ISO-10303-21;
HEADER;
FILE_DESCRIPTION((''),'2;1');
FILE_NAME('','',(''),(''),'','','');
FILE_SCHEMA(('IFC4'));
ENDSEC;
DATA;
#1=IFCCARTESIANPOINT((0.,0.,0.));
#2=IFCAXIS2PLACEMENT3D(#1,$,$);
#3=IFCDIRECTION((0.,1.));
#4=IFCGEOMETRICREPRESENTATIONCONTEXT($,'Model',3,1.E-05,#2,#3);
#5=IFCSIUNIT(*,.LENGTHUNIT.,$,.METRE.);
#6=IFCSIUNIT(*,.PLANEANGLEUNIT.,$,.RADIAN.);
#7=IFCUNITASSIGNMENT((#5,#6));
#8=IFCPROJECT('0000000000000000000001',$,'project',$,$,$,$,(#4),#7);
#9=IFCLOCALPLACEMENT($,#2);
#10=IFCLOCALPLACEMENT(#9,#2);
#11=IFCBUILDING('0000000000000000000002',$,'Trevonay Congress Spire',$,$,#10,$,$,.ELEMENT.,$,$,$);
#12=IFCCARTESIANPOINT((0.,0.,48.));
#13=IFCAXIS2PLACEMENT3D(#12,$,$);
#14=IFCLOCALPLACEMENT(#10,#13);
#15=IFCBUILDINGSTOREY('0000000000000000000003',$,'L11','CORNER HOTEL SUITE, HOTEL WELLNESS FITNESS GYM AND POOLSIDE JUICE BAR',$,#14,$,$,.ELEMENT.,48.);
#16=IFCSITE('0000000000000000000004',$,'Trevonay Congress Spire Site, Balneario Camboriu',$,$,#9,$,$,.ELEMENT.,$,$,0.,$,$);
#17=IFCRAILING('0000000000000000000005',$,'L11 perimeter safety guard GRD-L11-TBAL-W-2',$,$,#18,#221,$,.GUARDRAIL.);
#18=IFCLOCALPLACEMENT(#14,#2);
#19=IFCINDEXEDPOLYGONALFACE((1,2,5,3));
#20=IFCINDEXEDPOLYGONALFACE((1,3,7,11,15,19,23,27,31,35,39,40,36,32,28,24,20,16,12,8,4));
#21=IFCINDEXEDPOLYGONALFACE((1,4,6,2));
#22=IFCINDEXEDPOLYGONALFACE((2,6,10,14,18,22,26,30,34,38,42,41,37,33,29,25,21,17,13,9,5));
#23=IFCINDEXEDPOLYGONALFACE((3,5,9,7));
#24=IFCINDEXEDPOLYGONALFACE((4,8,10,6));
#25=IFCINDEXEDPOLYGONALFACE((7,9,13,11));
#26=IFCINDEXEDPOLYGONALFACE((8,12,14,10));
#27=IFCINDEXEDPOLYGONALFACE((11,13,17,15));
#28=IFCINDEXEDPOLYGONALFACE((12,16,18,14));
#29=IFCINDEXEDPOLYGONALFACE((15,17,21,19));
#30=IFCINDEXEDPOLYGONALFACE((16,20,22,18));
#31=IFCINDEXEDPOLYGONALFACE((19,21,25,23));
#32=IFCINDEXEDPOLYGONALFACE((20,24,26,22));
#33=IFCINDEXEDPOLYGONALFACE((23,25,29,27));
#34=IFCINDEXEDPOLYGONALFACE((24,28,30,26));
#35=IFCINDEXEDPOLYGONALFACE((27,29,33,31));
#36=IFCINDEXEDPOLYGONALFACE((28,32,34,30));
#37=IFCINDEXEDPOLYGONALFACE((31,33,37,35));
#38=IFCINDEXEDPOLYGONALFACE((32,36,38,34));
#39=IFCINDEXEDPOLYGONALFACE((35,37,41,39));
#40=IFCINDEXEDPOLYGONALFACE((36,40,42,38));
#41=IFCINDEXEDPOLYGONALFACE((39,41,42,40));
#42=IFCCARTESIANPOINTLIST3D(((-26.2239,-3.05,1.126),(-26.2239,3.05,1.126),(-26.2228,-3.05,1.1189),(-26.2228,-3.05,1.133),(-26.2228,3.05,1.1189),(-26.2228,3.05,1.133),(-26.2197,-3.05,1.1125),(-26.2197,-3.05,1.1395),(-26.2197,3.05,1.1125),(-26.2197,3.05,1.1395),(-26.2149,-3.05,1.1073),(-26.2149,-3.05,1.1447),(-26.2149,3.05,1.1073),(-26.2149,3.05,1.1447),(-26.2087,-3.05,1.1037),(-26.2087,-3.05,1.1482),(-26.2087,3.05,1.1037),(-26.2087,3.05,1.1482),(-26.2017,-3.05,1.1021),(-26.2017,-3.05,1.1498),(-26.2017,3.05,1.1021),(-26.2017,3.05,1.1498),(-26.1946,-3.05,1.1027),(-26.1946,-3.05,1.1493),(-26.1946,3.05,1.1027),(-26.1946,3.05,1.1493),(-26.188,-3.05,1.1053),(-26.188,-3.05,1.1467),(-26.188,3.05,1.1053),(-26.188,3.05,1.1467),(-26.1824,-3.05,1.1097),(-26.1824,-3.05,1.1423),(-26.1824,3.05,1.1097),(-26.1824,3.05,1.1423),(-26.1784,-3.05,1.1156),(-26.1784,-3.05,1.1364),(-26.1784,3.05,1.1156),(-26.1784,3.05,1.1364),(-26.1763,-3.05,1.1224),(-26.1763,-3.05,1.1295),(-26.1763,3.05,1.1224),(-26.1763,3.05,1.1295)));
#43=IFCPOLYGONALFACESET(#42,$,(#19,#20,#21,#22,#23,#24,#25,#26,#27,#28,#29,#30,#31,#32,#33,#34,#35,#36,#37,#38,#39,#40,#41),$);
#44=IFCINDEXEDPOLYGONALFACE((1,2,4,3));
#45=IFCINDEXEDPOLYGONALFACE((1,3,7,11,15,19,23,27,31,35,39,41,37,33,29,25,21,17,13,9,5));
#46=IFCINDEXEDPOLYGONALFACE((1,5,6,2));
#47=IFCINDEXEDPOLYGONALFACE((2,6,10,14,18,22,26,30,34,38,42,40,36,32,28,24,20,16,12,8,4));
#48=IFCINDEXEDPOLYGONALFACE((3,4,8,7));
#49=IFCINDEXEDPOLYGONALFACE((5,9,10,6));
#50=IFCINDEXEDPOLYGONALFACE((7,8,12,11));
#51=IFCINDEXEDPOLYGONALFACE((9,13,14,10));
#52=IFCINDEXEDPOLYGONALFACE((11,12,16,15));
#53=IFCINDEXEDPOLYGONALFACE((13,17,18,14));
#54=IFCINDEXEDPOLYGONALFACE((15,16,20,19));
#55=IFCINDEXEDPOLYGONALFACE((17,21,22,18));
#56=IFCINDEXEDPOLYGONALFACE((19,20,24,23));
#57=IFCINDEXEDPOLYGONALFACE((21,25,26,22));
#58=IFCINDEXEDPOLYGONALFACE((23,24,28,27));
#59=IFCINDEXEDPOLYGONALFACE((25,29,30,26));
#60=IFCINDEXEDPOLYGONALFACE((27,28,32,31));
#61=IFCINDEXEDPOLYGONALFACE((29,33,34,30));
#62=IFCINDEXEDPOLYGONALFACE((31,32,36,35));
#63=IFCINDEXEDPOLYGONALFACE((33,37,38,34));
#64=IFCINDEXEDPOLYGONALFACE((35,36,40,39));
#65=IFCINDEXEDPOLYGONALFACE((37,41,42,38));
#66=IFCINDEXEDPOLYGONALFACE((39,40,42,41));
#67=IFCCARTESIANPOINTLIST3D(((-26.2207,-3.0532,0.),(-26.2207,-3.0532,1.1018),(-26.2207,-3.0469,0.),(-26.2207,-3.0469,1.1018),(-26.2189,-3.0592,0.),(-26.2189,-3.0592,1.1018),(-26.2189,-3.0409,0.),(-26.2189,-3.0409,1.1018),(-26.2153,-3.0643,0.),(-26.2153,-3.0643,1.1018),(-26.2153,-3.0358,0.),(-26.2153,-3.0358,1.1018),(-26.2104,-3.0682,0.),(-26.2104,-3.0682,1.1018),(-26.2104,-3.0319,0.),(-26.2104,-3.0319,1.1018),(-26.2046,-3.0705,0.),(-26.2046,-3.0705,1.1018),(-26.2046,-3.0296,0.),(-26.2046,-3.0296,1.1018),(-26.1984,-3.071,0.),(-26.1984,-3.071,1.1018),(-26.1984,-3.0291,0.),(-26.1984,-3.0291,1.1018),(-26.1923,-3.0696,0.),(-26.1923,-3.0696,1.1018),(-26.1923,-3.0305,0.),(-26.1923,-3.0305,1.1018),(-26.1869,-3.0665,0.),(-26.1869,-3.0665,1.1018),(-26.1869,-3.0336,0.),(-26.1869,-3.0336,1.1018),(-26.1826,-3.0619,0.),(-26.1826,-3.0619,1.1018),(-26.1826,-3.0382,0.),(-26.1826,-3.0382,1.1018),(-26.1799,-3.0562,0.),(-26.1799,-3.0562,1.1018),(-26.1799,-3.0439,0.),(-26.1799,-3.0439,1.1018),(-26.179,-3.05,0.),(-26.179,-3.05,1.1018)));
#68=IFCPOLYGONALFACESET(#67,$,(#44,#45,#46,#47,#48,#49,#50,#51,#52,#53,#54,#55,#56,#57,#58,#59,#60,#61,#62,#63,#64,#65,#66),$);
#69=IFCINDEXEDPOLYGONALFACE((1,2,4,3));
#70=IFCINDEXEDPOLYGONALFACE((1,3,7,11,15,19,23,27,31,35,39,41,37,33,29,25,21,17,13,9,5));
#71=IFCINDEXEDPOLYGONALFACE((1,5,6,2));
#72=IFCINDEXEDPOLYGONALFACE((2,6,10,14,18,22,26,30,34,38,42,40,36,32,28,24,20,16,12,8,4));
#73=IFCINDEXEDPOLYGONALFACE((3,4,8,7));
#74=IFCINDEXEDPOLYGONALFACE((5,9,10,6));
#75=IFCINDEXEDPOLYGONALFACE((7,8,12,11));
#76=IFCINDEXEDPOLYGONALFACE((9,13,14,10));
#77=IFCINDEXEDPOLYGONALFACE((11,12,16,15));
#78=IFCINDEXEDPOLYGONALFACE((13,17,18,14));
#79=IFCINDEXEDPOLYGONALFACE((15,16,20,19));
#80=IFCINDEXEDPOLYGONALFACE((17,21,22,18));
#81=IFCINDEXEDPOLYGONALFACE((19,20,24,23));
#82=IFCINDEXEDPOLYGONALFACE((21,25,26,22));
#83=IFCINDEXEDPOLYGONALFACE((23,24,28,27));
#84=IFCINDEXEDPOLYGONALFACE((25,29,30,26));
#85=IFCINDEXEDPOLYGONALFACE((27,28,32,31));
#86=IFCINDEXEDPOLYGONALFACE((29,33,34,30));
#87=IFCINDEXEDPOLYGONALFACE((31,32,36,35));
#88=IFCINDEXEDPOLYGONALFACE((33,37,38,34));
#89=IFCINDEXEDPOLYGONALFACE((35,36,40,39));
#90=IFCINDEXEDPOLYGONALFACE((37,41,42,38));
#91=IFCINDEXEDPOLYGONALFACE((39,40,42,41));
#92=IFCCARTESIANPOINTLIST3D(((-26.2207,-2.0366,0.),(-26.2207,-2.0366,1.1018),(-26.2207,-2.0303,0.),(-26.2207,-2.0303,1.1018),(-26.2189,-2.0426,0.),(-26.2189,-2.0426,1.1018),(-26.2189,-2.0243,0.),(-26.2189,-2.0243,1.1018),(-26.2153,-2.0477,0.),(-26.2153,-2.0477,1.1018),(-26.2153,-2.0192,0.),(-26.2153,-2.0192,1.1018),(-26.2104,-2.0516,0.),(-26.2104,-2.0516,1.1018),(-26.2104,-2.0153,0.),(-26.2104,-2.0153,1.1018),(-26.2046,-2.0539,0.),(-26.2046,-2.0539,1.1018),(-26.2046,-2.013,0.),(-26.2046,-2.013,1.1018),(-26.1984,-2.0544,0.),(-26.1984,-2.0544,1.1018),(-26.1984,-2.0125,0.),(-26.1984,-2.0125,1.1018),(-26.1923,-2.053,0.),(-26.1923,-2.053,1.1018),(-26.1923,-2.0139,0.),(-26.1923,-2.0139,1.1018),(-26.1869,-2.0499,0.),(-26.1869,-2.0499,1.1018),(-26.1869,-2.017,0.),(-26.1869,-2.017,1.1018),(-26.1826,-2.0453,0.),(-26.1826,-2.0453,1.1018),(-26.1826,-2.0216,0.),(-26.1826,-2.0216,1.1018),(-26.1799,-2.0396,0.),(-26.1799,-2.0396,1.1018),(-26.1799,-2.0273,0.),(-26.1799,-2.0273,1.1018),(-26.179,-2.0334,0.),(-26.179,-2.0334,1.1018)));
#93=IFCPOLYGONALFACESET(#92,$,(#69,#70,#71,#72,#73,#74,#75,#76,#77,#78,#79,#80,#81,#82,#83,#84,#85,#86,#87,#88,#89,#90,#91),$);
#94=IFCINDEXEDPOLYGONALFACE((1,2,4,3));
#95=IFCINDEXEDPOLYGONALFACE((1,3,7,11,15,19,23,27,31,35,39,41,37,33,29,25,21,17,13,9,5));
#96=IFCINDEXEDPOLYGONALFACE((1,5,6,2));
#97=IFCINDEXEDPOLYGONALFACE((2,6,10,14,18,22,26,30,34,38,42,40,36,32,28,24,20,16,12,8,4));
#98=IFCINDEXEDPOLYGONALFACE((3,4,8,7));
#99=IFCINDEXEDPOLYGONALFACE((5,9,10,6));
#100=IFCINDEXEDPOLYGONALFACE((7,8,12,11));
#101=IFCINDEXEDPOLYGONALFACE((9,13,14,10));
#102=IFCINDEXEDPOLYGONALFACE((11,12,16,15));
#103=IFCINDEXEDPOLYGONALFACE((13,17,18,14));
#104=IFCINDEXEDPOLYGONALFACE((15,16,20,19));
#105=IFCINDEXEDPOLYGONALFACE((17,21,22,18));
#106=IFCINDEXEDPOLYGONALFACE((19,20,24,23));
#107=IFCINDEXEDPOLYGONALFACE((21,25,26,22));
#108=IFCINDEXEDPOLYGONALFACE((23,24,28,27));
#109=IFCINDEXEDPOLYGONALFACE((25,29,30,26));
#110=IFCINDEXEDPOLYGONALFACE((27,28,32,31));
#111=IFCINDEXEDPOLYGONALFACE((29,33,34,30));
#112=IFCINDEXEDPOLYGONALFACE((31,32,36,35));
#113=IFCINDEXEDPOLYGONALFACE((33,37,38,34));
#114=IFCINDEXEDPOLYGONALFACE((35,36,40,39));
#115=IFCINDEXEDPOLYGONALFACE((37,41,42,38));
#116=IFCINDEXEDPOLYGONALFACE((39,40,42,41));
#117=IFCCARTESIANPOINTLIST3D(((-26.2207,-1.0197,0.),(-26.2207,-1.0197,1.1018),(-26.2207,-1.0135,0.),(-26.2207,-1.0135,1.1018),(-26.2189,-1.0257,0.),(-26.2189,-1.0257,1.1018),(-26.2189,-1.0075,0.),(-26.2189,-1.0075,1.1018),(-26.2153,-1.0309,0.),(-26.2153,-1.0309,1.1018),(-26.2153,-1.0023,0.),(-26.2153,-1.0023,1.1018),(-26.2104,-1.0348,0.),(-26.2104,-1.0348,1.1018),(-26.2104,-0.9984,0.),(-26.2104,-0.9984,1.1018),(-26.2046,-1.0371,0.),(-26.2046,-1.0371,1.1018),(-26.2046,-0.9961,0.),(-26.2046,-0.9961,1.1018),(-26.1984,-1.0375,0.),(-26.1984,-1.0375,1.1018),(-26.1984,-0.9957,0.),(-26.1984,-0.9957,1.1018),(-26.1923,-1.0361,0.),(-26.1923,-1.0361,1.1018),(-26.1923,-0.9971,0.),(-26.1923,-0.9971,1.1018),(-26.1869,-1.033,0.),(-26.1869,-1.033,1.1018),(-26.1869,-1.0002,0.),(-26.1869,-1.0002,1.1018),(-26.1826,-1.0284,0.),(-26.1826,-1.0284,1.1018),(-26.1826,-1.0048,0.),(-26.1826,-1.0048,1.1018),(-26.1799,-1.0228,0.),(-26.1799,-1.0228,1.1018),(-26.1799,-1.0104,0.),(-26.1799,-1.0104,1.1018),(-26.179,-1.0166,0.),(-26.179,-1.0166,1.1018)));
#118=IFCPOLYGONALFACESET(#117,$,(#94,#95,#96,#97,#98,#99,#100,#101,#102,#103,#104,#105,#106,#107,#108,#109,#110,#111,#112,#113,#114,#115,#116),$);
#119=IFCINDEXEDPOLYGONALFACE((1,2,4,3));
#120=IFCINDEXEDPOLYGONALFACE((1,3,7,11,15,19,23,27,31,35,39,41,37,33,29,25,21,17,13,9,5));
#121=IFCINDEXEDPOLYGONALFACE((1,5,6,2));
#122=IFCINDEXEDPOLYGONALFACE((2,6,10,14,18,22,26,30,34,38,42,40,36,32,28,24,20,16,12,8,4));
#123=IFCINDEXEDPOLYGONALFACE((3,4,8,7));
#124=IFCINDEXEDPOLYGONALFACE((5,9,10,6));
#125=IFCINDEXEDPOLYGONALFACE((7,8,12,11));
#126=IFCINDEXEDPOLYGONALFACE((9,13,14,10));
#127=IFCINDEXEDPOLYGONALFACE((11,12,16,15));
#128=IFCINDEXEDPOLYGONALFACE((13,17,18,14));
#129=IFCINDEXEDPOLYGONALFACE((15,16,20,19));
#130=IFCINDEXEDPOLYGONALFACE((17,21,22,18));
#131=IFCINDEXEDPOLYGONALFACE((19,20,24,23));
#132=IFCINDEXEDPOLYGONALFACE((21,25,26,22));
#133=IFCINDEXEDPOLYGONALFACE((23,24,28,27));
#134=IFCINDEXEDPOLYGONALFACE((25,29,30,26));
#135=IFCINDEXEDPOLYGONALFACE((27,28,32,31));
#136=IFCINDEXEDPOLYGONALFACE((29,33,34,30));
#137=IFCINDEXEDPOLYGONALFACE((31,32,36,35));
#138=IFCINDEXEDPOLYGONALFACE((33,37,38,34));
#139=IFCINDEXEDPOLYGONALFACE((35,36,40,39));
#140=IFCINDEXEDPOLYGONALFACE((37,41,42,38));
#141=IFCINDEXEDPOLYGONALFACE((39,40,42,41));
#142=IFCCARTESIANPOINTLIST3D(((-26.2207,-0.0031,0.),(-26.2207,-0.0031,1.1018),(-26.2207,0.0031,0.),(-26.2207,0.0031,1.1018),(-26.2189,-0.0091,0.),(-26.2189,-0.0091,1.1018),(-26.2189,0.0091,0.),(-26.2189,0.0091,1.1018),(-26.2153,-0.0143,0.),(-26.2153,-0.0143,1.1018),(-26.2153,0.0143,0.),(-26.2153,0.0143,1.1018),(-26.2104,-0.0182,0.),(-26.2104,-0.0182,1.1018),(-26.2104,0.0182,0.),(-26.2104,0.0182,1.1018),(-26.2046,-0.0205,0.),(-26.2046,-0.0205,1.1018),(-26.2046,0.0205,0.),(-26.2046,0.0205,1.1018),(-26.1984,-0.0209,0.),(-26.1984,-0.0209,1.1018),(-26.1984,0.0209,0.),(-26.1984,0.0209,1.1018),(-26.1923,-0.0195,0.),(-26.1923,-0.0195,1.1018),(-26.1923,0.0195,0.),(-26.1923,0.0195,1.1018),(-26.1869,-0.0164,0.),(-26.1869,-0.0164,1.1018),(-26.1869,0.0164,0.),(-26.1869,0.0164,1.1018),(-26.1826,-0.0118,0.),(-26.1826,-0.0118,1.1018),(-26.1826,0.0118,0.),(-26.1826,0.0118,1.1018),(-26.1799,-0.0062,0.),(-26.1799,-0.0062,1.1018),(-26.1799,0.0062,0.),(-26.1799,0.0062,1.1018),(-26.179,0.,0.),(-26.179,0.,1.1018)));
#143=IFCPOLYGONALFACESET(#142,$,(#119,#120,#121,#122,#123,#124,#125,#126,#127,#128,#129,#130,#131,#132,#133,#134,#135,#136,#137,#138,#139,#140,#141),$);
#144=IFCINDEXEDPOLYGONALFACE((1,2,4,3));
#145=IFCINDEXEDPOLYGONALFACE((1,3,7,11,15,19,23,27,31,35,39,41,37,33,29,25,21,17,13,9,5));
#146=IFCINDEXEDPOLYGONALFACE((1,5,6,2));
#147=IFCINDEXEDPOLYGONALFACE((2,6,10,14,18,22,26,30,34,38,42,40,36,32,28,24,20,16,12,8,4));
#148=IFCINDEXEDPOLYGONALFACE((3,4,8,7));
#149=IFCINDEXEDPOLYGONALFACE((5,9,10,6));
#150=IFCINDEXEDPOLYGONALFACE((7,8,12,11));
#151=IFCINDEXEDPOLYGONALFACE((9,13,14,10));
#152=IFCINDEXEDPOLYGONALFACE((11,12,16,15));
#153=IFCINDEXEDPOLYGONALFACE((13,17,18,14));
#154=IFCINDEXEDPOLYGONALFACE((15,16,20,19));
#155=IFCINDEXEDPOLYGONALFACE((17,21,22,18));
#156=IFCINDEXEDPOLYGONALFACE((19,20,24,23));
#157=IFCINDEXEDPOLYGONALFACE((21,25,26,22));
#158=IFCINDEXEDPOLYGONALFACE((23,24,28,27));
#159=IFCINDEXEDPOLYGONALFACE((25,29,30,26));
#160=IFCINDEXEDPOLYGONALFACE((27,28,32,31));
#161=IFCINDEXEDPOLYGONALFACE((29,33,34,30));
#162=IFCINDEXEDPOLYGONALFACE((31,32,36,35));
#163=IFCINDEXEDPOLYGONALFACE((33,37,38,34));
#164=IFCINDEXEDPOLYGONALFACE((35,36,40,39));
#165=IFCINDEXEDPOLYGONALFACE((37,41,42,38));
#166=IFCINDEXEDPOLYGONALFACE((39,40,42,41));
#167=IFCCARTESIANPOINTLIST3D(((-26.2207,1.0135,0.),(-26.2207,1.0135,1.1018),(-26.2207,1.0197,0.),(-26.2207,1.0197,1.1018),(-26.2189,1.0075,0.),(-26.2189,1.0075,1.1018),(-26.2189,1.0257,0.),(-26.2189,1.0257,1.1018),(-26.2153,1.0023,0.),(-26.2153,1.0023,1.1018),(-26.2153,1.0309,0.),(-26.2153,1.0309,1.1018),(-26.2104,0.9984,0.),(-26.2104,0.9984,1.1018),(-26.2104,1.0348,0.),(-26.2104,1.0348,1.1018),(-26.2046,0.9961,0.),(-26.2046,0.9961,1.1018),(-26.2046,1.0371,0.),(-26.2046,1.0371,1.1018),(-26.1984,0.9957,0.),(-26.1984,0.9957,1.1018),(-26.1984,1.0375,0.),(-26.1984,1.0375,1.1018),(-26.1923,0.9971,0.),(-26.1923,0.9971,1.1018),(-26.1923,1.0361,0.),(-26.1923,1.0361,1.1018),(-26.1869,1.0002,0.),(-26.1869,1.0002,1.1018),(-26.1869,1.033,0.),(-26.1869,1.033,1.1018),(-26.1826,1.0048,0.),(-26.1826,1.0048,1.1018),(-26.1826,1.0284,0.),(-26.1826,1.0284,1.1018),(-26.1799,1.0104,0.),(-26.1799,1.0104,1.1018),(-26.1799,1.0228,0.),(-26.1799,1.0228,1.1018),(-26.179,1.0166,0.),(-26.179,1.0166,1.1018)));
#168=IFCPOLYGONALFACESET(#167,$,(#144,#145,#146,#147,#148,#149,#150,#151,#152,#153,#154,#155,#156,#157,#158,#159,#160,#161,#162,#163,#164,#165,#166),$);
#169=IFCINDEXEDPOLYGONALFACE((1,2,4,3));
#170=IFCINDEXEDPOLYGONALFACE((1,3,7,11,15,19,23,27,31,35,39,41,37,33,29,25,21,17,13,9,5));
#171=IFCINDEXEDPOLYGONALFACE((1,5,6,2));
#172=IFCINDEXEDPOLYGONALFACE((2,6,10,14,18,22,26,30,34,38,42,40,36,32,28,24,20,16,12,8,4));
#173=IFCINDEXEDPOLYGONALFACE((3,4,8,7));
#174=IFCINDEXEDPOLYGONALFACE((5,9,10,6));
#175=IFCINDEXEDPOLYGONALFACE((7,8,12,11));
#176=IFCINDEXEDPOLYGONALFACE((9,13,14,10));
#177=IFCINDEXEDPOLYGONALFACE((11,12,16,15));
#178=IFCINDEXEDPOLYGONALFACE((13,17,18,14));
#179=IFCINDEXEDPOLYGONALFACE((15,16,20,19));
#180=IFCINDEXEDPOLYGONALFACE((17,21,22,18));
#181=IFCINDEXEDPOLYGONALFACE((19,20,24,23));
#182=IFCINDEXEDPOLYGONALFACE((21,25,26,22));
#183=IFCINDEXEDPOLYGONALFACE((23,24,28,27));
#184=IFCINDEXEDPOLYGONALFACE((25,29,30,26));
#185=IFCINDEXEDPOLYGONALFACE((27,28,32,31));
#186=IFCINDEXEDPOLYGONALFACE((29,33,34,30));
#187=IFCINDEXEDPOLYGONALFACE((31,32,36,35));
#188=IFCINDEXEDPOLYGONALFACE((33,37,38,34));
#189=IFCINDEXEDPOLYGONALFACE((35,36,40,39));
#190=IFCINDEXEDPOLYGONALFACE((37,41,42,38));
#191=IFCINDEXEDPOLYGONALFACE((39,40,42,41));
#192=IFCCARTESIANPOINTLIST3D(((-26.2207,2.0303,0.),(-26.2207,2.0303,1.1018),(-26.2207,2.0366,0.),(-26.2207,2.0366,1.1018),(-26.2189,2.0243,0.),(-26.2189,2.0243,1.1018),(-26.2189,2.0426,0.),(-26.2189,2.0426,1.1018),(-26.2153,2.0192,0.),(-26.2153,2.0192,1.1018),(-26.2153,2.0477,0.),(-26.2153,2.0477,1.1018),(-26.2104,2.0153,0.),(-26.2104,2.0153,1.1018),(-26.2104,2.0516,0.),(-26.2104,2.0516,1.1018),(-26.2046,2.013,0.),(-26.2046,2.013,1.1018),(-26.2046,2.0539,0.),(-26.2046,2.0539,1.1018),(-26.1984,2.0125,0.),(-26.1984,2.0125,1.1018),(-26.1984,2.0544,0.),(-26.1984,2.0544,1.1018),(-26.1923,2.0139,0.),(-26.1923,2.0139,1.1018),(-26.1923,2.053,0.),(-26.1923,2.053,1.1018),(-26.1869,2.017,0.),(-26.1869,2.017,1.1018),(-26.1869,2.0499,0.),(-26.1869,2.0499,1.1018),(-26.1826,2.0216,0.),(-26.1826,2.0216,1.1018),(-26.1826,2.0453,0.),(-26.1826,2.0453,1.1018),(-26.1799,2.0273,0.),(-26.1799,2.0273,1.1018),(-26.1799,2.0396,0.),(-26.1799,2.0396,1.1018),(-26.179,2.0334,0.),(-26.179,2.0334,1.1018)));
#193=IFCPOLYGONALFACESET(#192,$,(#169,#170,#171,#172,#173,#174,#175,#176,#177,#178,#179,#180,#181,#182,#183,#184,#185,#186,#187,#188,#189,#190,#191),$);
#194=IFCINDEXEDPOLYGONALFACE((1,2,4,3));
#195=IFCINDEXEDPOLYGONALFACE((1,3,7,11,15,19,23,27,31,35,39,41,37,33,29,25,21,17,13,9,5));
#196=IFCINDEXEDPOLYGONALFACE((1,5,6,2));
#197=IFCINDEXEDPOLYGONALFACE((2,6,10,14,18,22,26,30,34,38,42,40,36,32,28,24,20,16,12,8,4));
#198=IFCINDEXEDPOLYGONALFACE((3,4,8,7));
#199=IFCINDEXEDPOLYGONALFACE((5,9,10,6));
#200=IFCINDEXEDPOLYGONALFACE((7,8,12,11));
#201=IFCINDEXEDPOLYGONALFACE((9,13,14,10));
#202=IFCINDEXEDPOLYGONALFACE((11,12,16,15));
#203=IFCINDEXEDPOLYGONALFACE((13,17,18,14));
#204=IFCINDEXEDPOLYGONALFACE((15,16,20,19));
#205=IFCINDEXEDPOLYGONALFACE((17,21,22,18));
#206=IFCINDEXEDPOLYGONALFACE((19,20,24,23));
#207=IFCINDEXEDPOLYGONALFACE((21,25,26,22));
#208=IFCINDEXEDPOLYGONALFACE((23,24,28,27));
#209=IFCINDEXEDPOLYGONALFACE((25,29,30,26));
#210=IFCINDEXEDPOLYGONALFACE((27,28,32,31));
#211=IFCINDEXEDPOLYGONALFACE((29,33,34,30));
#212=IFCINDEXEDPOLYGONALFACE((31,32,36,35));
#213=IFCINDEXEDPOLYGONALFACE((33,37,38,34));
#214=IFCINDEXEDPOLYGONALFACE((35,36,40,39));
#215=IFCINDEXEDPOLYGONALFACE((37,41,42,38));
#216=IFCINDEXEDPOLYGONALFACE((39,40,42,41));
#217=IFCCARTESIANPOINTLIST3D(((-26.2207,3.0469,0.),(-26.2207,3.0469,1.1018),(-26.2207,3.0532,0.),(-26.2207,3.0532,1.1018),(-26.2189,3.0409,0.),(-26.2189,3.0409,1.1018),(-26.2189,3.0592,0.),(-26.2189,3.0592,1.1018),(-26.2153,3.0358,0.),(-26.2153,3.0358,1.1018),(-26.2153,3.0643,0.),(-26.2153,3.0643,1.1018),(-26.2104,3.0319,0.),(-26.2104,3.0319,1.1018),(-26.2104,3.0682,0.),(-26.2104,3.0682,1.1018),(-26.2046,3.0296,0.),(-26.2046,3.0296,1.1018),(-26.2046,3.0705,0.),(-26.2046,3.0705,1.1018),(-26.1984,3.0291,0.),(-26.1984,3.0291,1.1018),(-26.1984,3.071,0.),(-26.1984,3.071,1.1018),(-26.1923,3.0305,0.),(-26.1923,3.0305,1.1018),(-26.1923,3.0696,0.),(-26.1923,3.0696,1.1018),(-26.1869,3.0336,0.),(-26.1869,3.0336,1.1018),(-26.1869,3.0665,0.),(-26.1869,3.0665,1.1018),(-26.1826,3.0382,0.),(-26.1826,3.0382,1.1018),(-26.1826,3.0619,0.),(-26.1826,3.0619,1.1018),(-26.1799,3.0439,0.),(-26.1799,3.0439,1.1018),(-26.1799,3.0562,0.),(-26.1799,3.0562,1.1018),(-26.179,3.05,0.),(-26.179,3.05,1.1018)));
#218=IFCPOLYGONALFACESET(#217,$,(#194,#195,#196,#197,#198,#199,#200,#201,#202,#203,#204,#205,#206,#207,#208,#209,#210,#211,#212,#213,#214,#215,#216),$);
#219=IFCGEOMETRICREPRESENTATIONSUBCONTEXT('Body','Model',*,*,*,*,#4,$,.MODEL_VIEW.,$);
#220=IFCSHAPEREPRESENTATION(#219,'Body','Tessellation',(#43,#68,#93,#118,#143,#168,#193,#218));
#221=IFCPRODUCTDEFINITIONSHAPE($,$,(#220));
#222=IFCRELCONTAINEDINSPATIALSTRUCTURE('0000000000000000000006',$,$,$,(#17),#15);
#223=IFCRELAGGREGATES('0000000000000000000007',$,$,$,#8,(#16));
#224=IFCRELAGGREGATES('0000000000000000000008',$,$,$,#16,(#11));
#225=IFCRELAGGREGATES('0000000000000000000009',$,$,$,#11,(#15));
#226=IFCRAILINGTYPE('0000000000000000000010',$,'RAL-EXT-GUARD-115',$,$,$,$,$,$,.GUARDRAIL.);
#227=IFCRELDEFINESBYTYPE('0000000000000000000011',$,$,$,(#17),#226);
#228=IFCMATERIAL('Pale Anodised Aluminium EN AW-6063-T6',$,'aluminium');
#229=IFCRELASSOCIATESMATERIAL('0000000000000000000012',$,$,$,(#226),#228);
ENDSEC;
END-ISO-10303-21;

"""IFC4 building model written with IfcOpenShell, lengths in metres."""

from ifc_helpers import new_model, si_unit, direction, frame, origin, origin_2d, place, context, subcontext, project, spatial, circle, extrude, material, type_object, element, save


model = new_model("IFC4")

# Units and contexts
model_context = context("Model", 3, precision=1e-05, world=origin(), true_north=direction((0.0, 1.0)))
body_context = subcontext(model_context, "Body", "Model", "MODEL_VIEW")
ifc_project = project(units=[si_unit("LENGTHUNIT", "METRE"), si_unit("PLANEANGLEUNIT", "RADIAN")], contexts=[model_context])

# Site, building, storey
site_placement = place(None, origin())
site = spatial("IfcSite", under=ifc_project, at=site_placement, Name="Trevonay Congress Spire Site, Balneario Camboriu", CompositionType="ELEMENT", RefElevation=0.0)
building_placement = place(site_placement, origin())
building = spatial("IfcBuilding", under=site, at=building_placement, Name="Trevonay Congress Spire", CompositionType="ELEMENT")
storey_placement = place(building_placement, frame((0.0, 0.0, 48.0)))
storey = spatial("IfcBuildingStorey", under=building, at=storey_placement, Name="L11", Description="CORNER HOTEL SUITE, HOTEL WELLNESS FITNESS GYM AND POOLSIDE JUICE BAR", CompositionType="ELEMENT", Elevation=48.0)

# Shared definitions
ifc_material_1 = material(Name="Pale Anodised Aluminium EN AW-6063-T6", Category="aluminium")

# Railing
railing_type = type_object("IfcRailingType", Name="RAL-EXT-GUARD-115", PredefinedType="GUARDRAIL", material=ifc_material_1)
railing_1_placement = place(storey_placement, frame((-26.2, -3.05, 0.0)))
element("IfcRailing", 1, at=railing_1_placement, inside=storey, type_object=railing_type, Name="L11 perimeter safety guard GRD-L11-TBAL-W-2", PredefinedType="GUARDRAIL", context=body_context, shape_type="SweptSolid", body=[
    extrude(circle(Radius=0.0239, at=origin_2d()), frame((0.0, 0.0, 1.126), z_axis=(0.0, 1.0, 0.0), x_axis=(-1.0, 0.0, 0.0)), (0.0, 0.0, 1.0), 6.1001),
    extrude(circle(Radius=0.021, at=origin_2d()), origin(), (0.0, 0.0, 1.0), 1.1018),
    extrude(circle(Radius=0.021, at=origin_2d()), frame((0.0, 1.0166, 0.0)), (0.0, 0.0, 1.0), 1.1018),
    extrude(circle(Radius=0.021, at=origin_2d()), frame((0.0, 2.0334, 0.0)), (0.0, 0.0, 1.0), 1.1018),
    extrude(circle(Radius=0.021, at=origin_2d()), frame((0.0, 3.05, 0.0)), (0.0, 0.0, 1.0), 1.1018),
    extrude(circle(Radius=0.021, at=origin_2d()), frame((0.0, 4.0667, 0.0)), (0.0, 0.0, 1.0), 1.1018),
    extrude(circle(Radius=0.021, at=origin_2d()), frame((0.0, 5.0835, 0.0)), (0.0, 0.0, 1.0), 1.1018),
    extrude(circle(Radius=0.021, at=origin_2d()), frame((0.0, 6.1001, 0.0)), (0.0, 0.0, 1.0), 1.1018),
])

save(model, "model.ifc")
